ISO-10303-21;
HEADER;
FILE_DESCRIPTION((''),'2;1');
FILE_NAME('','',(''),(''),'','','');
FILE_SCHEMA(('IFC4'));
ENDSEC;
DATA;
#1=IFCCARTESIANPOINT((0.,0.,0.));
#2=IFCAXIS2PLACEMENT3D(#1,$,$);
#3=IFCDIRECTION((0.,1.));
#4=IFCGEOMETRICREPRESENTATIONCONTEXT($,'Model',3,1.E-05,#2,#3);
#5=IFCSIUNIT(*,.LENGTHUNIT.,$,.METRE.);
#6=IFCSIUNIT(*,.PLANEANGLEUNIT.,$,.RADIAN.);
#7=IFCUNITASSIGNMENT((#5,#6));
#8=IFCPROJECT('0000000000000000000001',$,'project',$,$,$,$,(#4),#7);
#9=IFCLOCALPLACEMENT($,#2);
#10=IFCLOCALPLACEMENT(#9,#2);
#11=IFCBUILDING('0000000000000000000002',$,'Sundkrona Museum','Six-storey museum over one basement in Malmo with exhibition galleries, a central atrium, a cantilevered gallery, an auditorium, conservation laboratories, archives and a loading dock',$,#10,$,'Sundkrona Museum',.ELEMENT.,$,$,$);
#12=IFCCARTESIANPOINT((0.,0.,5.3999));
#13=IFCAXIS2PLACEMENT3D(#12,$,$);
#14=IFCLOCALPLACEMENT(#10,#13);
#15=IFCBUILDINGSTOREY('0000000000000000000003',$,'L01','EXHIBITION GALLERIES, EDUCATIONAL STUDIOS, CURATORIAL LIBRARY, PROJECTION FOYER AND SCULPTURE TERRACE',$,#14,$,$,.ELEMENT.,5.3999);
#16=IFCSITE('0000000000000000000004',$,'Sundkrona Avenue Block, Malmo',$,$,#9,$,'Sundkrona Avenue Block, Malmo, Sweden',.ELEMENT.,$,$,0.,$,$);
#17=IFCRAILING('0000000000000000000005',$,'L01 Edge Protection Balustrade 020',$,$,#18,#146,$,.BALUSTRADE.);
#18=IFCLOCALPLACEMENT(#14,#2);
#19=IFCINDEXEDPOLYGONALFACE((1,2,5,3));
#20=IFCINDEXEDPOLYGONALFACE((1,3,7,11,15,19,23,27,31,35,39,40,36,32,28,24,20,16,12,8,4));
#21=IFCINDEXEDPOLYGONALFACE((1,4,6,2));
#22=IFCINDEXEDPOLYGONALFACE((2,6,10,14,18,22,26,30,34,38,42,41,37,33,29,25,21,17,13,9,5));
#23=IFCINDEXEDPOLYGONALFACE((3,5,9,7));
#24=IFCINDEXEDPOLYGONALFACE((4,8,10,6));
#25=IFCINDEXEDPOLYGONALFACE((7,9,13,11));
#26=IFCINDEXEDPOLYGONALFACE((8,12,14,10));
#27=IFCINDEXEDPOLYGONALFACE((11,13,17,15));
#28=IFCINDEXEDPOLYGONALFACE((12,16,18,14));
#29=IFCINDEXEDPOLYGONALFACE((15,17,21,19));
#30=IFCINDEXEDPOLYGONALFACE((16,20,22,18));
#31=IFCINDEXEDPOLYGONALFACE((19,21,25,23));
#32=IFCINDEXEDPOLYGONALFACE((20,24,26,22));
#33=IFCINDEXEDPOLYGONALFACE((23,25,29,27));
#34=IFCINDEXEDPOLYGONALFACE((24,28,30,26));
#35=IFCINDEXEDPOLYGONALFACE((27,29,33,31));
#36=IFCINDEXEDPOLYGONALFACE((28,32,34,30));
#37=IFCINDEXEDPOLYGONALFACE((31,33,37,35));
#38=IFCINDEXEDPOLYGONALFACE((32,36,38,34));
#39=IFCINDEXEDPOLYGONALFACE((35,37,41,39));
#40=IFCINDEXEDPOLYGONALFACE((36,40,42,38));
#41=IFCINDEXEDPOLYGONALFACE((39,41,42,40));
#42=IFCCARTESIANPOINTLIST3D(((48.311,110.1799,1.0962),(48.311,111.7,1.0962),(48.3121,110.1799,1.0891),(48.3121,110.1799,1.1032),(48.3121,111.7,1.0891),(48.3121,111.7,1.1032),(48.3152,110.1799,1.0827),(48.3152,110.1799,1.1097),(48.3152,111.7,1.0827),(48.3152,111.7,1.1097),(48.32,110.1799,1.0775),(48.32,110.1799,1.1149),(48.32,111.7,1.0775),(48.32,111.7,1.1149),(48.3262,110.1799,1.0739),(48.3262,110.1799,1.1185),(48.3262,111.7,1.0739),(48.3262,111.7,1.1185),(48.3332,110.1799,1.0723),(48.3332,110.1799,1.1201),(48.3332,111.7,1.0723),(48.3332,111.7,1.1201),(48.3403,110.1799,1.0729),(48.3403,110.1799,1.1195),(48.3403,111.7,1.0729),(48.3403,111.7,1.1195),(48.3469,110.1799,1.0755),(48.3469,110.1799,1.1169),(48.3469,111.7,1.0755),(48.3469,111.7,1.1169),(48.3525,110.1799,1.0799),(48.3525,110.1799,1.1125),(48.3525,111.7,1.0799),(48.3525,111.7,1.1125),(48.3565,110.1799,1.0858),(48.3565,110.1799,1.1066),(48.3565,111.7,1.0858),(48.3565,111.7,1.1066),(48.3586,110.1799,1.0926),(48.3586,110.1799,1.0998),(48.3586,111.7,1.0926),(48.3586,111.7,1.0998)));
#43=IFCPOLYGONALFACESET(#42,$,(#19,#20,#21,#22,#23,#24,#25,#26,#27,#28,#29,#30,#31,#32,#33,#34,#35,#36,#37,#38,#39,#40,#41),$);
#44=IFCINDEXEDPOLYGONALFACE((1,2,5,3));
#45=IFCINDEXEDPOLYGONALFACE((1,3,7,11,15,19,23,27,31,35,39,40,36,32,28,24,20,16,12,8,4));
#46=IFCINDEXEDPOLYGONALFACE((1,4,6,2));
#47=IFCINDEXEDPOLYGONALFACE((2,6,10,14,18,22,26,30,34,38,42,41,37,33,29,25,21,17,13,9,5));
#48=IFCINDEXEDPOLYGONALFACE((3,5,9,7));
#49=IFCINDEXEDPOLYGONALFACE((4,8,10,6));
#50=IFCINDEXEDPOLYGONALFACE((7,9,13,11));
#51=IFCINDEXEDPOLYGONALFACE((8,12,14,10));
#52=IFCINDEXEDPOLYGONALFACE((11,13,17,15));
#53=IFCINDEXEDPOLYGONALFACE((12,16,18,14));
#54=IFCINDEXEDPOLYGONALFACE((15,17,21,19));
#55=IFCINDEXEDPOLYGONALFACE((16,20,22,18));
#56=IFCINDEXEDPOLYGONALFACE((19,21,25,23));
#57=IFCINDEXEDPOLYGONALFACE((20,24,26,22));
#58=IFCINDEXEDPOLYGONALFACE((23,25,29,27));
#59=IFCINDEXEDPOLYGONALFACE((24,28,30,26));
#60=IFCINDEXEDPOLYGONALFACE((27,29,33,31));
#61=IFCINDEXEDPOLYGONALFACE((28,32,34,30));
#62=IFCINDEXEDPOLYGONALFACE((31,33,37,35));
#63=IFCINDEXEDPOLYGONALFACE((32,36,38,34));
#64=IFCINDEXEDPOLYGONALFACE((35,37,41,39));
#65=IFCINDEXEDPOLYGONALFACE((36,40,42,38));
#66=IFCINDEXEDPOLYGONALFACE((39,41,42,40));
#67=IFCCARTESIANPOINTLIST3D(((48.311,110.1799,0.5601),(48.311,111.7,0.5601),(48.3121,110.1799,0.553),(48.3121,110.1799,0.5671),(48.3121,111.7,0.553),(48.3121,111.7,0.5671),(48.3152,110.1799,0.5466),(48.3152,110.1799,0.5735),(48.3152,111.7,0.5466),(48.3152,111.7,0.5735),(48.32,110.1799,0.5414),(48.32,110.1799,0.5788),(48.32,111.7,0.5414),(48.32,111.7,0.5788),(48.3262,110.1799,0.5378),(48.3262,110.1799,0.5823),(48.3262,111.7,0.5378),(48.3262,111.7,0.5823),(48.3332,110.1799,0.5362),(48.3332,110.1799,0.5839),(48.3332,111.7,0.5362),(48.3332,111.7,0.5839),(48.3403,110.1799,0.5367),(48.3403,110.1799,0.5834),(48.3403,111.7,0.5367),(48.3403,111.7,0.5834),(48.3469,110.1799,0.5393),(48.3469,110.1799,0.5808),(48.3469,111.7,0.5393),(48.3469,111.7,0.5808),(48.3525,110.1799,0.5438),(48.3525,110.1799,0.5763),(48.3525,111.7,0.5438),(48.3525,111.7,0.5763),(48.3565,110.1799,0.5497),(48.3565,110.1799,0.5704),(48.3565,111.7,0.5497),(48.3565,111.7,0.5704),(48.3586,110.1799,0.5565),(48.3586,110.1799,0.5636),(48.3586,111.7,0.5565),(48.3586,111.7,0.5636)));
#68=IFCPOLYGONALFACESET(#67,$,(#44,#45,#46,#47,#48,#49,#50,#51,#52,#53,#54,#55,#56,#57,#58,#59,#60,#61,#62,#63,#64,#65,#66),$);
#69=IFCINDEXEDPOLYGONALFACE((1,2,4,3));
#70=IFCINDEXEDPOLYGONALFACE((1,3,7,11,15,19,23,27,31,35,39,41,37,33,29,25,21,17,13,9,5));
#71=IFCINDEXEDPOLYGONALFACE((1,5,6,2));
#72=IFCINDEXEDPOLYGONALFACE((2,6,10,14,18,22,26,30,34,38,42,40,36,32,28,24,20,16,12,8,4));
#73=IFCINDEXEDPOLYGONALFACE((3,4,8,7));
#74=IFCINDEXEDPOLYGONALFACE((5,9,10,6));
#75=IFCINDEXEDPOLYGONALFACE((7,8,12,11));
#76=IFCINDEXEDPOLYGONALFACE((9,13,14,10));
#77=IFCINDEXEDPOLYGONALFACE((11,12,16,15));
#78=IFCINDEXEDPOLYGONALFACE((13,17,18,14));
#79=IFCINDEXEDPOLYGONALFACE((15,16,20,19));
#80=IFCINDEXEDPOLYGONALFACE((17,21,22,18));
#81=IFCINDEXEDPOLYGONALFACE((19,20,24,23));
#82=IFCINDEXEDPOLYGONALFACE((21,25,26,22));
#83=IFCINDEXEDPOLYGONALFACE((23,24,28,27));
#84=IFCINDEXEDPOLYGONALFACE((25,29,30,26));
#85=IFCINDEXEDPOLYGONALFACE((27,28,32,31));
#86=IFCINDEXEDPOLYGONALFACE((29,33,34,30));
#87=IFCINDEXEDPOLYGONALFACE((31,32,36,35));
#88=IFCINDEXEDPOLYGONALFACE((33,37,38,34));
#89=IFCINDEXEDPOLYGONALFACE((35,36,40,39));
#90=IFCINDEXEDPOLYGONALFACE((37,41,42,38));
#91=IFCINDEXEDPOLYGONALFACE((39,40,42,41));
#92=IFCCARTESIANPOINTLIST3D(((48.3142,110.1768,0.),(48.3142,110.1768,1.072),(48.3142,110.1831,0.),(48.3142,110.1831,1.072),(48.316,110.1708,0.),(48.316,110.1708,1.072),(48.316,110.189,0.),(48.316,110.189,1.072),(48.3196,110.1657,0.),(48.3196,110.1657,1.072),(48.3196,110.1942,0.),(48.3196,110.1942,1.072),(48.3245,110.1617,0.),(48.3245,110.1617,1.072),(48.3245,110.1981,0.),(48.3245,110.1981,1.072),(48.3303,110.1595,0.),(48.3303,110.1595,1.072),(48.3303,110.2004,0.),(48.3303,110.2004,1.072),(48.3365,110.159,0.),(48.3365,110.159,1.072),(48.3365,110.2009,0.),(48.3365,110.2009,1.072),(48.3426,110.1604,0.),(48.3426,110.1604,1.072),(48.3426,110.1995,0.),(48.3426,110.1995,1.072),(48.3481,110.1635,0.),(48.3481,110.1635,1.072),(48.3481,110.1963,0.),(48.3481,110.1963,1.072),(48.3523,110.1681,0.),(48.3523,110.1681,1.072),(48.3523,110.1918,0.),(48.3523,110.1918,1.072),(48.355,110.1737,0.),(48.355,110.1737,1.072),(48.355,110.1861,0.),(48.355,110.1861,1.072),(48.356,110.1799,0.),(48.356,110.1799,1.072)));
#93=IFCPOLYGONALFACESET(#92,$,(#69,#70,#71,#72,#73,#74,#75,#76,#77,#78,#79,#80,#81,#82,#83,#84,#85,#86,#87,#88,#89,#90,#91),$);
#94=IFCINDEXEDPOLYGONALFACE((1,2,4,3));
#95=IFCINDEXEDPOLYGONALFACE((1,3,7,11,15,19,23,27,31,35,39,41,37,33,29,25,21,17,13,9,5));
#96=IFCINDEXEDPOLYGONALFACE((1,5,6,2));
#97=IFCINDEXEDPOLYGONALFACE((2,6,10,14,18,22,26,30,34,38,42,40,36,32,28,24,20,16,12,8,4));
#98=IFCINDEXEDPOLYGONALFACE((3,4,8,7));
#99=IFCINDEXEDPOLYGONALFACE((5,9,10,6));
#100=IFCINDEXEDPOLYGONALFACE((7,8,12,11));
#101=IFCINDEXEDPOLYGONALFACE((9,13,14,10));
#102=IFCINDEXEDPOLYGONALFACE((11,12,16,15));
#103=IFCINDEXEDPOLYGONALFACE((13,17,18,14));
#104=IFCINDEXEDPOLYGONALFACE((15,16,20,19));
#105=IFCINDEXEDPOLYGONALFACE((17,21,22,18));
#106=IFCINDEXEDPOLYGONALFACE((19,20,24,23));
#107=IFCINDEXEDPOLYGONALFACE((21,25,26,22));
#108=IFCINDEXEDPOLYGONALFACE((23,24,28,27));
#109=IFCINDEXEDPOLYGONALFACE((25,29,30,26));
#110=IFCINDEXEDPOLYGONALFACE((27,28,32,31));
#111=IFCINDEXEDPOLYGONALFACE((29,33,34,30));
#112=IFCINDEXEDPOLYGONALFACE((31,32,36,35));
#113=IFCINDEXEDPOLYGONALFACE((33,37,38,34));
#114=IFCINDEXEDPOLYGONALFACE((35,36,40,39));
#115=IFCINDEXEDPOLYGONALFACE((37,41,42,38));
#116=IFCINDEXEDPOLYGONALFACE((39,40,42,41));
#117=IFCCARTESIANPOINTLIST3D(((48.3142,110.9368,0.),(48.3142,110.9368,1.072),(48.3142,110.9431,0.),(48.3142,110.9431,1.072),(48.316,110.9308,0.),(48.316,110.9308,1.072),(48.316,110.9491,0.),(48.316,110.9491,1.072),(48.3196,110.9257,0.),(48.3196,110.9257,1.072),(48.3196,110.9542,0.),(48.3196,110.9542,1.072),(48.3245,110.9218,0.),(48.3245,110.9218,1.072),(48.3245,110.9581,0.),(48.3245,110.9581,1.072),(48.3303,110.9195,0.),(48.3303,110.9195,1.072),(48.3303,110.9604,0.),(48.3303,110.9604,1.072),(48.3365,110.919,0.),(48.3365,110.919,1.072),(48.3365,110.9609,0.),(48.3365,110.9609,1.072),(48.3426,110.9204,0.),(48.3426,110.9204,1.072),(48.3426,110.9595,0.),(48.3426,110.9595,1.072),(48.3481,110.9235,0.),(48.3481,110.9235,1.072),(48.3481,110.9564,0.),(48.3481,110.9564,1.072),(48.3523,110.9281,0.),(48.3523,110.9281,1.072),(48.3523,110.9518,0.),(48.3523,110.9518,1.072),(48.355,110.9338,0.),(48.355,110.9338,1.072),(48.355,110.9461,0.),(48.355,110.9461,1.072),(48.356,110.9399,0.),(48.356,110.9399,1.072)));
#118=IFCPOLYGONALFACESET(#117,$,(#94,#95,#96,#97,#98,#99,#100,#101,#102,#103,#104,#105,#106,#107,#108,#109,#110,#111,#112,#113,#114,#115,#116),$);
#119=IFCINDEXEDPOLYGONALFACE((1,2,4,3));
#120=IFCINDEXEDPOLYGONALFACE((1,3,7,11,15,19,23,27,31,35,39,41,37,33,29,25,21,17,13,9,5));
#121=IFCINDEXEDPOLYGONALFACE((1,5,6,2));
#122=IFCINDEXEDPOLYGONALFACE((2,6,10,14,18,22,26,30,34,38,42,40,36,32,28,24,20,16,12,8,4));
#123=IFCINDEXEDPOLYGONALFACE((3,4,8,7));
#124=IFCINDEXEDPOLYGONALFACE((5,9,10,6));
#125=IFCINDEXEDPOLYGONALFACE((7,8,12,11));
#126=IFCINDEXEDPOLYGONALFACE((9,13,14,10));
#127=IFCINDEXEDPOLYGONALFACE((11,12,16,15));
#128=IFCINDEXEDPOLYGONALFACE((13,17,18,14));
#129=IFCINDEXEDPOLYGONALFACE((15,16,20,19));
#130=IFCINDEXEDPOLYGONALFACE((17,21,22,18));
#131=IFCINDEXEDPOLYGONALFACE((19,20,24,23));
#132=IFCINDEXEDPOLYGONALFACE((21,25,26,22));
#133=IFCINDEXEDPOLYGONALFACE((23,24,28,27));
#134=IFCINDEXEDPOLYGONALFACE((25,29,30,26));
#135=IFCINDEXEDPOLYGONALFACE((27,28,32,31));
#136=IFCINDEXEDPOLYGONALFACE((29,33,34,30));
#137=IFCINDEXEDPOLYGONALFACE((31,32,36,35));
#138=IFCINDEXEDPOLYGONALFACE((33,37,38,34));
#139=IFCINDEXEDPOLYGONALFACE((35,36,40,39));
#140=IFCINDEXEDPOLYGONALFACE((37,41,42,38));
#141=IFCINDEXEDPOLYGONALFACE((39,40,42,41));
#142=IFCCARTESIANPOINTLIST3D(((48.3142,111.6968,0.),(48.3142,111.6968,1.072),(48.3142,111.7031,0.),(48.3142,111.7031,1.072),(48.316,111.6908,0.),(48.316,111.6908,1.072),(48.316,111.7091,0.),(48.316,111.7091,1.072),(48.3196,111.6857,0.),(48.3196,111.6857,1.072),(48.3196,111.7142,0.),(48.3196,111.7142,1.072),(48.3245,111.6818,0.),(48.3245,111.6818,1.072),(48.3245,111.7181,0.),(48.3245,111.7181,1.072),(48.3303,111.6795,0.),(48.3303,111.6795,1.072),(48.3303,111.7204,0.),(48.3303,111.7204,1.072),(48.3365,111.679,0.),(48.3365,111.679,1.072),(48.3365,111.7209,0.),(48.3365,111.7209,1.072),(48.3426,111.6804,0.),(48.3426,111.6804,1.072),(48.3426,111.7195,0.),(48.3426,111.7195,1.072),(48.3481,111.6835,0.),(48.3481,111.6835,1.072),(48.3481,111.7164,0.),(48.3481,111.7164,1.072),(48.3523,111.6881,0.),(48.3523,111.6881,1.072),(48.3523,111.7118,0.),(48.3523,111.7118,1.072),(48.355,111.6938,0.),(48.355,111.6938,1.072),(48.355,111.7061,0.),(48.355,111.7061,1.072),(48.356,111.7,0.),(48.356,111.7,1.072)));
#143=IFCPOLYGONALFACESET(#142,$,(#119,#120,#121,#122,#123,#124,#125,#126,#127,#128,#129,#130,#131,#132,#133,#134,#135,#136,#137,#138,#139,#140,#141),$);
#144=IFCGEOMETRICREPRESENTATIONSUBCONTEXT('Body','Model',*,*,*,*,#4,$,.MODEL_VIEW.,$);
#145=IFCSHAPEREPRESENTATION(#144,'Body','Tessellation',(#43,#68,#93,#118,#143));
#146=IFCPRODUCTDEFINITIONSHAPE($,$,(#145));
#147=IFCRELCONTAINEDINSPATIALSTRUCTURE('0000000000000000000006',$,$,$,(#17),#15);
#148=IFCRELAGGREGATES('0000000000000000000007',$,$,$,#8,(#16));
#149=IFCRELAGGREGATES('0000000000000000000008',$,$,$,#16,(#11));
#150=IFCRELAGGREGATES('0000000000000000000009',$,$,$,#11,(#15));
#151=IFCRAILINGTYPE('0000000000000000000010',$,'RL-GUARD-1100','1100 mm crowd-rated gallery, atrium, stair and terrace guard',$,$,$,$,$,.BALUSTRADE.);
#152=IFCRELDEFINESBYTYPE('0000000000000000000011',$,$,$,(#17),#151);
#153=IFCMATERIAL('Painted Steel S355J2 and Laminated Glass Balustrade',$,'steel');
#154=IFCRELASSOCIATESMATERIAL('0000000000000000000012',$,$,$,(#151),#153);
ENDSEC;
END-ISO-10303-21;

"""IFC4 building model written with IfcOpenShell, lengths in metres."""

from ifc_helpers import new_model, si_unit, direction, frame, origin, origin_2d, place, context, subcontext, project, spatial, circle, extrude, material, type_object, element, save


model = new_model("IFC4")

# Units and contexts
model_context = context("Model", 3, precision=1e-05, world=origin(), true_north=direction((0.0, 1.0)))
body_context = subcontext(model_context, "Body", "Model", "MODEL_VIEW")
ifc_project = project(units=[si_unit("LENGTHUNIT", "METRE"), si_unit("PLANEANGLEUNIT", "RADIAN")], contexts=[model_context])

# Site, building, storey
site_placement = place(None, origin())
site = spatial("IfcSite", under=ifc_project, at=site_placement, Name="Sundkrona Avenue Block, Malmo", LongName="Sundkrona Avenue Block, Malmo, Sweden", CompositionType="ELEMENT", RefElevation=0.0)
building_placement = place(site_placement, origin())
building = spatial("IfcBuilding", under=site, at=building_placement, Name="Sundkrona Museum", Description="Six-storey museum over one basement in Malmo with exhibition galleries, a central atrium, a cantilevered gallery, an auditorium, conservation laboratories, archives and a loading dock", LongName="Sundkrona Museum", CompositionType="ELEMENT")
storey_placement = place(building_placement, frame((0.0, 0.0, 5.3999)))
storey = spatial("IfcBuildingStorey", under=building, at=storey_placement, Name="L01", Description="EXHIBITION GALLERIES, EDUCATIONAL STUDIOS, CURATORIAL LIBRARY, PROJECTION FOYER AND SCULPTURE TERRACE", CompositionType="ELEMENT", Elevation=5.3999)

# Railing
ifc_material_1 = material(Name="Painted Steel S355J2 and Laminated Glass Balustrade", Category="steel")
railing_type_1 = type_object("IfcRailingType", Name="RL-GUARD-1100", Description="1100 mm crowd-rated gallery, atrium, stair and terrace guard", PredefinedType="BALUSTRADE", material=ifc_material_1)
railing_1_placement = place(storey_placement, frame((48.335, 110.1799, 0.0)))
element("IfcRailing", 1, at=railing_1_placement, inside=storey, type_object=railing_type_1, Name="L01 Edge Protection Balustrade 020", PredefinedType="BALUSTRADE", context=body_context, shape_type="SweptSolid", body=[
    extrude(circle(Radius=0.0239, at=origin_2d()), frame((0.0, 0.0, 1.0962), z_axis=(0.0, 1.0, 0.0), x_axis=(-1.0, 0.0, 0.0)), (0.0, 0.0, 1.0), 1.52),
    extrude(circle(Radius=0.0239, at=origin_2d()), frame((0.0, 0.0, 0.5601), z_axis=(0.0, 1.0, 0.0), x_axis=(-1.0, 0.0, 0.0)), (0.0, 0.0, 1.0), 1.52),
    extrude(circle(Radius=0.021, at=origin_2d()), origin(), (0.0, 0.0, 1.0), 1.072),
    extrude(circle(Radius=0.021, at=origin_2d()), frame((0.0, 0.76, 0.0)), (0.0, 0.0, 1.0), 1.072),
    extrude(circle(Radius=0.021, at=origin_2d()), frame((0.0, 1.52, 0.0)), (0.0, 0.0, 1.0), 1.072),
])

save(model, "model.ifc")
